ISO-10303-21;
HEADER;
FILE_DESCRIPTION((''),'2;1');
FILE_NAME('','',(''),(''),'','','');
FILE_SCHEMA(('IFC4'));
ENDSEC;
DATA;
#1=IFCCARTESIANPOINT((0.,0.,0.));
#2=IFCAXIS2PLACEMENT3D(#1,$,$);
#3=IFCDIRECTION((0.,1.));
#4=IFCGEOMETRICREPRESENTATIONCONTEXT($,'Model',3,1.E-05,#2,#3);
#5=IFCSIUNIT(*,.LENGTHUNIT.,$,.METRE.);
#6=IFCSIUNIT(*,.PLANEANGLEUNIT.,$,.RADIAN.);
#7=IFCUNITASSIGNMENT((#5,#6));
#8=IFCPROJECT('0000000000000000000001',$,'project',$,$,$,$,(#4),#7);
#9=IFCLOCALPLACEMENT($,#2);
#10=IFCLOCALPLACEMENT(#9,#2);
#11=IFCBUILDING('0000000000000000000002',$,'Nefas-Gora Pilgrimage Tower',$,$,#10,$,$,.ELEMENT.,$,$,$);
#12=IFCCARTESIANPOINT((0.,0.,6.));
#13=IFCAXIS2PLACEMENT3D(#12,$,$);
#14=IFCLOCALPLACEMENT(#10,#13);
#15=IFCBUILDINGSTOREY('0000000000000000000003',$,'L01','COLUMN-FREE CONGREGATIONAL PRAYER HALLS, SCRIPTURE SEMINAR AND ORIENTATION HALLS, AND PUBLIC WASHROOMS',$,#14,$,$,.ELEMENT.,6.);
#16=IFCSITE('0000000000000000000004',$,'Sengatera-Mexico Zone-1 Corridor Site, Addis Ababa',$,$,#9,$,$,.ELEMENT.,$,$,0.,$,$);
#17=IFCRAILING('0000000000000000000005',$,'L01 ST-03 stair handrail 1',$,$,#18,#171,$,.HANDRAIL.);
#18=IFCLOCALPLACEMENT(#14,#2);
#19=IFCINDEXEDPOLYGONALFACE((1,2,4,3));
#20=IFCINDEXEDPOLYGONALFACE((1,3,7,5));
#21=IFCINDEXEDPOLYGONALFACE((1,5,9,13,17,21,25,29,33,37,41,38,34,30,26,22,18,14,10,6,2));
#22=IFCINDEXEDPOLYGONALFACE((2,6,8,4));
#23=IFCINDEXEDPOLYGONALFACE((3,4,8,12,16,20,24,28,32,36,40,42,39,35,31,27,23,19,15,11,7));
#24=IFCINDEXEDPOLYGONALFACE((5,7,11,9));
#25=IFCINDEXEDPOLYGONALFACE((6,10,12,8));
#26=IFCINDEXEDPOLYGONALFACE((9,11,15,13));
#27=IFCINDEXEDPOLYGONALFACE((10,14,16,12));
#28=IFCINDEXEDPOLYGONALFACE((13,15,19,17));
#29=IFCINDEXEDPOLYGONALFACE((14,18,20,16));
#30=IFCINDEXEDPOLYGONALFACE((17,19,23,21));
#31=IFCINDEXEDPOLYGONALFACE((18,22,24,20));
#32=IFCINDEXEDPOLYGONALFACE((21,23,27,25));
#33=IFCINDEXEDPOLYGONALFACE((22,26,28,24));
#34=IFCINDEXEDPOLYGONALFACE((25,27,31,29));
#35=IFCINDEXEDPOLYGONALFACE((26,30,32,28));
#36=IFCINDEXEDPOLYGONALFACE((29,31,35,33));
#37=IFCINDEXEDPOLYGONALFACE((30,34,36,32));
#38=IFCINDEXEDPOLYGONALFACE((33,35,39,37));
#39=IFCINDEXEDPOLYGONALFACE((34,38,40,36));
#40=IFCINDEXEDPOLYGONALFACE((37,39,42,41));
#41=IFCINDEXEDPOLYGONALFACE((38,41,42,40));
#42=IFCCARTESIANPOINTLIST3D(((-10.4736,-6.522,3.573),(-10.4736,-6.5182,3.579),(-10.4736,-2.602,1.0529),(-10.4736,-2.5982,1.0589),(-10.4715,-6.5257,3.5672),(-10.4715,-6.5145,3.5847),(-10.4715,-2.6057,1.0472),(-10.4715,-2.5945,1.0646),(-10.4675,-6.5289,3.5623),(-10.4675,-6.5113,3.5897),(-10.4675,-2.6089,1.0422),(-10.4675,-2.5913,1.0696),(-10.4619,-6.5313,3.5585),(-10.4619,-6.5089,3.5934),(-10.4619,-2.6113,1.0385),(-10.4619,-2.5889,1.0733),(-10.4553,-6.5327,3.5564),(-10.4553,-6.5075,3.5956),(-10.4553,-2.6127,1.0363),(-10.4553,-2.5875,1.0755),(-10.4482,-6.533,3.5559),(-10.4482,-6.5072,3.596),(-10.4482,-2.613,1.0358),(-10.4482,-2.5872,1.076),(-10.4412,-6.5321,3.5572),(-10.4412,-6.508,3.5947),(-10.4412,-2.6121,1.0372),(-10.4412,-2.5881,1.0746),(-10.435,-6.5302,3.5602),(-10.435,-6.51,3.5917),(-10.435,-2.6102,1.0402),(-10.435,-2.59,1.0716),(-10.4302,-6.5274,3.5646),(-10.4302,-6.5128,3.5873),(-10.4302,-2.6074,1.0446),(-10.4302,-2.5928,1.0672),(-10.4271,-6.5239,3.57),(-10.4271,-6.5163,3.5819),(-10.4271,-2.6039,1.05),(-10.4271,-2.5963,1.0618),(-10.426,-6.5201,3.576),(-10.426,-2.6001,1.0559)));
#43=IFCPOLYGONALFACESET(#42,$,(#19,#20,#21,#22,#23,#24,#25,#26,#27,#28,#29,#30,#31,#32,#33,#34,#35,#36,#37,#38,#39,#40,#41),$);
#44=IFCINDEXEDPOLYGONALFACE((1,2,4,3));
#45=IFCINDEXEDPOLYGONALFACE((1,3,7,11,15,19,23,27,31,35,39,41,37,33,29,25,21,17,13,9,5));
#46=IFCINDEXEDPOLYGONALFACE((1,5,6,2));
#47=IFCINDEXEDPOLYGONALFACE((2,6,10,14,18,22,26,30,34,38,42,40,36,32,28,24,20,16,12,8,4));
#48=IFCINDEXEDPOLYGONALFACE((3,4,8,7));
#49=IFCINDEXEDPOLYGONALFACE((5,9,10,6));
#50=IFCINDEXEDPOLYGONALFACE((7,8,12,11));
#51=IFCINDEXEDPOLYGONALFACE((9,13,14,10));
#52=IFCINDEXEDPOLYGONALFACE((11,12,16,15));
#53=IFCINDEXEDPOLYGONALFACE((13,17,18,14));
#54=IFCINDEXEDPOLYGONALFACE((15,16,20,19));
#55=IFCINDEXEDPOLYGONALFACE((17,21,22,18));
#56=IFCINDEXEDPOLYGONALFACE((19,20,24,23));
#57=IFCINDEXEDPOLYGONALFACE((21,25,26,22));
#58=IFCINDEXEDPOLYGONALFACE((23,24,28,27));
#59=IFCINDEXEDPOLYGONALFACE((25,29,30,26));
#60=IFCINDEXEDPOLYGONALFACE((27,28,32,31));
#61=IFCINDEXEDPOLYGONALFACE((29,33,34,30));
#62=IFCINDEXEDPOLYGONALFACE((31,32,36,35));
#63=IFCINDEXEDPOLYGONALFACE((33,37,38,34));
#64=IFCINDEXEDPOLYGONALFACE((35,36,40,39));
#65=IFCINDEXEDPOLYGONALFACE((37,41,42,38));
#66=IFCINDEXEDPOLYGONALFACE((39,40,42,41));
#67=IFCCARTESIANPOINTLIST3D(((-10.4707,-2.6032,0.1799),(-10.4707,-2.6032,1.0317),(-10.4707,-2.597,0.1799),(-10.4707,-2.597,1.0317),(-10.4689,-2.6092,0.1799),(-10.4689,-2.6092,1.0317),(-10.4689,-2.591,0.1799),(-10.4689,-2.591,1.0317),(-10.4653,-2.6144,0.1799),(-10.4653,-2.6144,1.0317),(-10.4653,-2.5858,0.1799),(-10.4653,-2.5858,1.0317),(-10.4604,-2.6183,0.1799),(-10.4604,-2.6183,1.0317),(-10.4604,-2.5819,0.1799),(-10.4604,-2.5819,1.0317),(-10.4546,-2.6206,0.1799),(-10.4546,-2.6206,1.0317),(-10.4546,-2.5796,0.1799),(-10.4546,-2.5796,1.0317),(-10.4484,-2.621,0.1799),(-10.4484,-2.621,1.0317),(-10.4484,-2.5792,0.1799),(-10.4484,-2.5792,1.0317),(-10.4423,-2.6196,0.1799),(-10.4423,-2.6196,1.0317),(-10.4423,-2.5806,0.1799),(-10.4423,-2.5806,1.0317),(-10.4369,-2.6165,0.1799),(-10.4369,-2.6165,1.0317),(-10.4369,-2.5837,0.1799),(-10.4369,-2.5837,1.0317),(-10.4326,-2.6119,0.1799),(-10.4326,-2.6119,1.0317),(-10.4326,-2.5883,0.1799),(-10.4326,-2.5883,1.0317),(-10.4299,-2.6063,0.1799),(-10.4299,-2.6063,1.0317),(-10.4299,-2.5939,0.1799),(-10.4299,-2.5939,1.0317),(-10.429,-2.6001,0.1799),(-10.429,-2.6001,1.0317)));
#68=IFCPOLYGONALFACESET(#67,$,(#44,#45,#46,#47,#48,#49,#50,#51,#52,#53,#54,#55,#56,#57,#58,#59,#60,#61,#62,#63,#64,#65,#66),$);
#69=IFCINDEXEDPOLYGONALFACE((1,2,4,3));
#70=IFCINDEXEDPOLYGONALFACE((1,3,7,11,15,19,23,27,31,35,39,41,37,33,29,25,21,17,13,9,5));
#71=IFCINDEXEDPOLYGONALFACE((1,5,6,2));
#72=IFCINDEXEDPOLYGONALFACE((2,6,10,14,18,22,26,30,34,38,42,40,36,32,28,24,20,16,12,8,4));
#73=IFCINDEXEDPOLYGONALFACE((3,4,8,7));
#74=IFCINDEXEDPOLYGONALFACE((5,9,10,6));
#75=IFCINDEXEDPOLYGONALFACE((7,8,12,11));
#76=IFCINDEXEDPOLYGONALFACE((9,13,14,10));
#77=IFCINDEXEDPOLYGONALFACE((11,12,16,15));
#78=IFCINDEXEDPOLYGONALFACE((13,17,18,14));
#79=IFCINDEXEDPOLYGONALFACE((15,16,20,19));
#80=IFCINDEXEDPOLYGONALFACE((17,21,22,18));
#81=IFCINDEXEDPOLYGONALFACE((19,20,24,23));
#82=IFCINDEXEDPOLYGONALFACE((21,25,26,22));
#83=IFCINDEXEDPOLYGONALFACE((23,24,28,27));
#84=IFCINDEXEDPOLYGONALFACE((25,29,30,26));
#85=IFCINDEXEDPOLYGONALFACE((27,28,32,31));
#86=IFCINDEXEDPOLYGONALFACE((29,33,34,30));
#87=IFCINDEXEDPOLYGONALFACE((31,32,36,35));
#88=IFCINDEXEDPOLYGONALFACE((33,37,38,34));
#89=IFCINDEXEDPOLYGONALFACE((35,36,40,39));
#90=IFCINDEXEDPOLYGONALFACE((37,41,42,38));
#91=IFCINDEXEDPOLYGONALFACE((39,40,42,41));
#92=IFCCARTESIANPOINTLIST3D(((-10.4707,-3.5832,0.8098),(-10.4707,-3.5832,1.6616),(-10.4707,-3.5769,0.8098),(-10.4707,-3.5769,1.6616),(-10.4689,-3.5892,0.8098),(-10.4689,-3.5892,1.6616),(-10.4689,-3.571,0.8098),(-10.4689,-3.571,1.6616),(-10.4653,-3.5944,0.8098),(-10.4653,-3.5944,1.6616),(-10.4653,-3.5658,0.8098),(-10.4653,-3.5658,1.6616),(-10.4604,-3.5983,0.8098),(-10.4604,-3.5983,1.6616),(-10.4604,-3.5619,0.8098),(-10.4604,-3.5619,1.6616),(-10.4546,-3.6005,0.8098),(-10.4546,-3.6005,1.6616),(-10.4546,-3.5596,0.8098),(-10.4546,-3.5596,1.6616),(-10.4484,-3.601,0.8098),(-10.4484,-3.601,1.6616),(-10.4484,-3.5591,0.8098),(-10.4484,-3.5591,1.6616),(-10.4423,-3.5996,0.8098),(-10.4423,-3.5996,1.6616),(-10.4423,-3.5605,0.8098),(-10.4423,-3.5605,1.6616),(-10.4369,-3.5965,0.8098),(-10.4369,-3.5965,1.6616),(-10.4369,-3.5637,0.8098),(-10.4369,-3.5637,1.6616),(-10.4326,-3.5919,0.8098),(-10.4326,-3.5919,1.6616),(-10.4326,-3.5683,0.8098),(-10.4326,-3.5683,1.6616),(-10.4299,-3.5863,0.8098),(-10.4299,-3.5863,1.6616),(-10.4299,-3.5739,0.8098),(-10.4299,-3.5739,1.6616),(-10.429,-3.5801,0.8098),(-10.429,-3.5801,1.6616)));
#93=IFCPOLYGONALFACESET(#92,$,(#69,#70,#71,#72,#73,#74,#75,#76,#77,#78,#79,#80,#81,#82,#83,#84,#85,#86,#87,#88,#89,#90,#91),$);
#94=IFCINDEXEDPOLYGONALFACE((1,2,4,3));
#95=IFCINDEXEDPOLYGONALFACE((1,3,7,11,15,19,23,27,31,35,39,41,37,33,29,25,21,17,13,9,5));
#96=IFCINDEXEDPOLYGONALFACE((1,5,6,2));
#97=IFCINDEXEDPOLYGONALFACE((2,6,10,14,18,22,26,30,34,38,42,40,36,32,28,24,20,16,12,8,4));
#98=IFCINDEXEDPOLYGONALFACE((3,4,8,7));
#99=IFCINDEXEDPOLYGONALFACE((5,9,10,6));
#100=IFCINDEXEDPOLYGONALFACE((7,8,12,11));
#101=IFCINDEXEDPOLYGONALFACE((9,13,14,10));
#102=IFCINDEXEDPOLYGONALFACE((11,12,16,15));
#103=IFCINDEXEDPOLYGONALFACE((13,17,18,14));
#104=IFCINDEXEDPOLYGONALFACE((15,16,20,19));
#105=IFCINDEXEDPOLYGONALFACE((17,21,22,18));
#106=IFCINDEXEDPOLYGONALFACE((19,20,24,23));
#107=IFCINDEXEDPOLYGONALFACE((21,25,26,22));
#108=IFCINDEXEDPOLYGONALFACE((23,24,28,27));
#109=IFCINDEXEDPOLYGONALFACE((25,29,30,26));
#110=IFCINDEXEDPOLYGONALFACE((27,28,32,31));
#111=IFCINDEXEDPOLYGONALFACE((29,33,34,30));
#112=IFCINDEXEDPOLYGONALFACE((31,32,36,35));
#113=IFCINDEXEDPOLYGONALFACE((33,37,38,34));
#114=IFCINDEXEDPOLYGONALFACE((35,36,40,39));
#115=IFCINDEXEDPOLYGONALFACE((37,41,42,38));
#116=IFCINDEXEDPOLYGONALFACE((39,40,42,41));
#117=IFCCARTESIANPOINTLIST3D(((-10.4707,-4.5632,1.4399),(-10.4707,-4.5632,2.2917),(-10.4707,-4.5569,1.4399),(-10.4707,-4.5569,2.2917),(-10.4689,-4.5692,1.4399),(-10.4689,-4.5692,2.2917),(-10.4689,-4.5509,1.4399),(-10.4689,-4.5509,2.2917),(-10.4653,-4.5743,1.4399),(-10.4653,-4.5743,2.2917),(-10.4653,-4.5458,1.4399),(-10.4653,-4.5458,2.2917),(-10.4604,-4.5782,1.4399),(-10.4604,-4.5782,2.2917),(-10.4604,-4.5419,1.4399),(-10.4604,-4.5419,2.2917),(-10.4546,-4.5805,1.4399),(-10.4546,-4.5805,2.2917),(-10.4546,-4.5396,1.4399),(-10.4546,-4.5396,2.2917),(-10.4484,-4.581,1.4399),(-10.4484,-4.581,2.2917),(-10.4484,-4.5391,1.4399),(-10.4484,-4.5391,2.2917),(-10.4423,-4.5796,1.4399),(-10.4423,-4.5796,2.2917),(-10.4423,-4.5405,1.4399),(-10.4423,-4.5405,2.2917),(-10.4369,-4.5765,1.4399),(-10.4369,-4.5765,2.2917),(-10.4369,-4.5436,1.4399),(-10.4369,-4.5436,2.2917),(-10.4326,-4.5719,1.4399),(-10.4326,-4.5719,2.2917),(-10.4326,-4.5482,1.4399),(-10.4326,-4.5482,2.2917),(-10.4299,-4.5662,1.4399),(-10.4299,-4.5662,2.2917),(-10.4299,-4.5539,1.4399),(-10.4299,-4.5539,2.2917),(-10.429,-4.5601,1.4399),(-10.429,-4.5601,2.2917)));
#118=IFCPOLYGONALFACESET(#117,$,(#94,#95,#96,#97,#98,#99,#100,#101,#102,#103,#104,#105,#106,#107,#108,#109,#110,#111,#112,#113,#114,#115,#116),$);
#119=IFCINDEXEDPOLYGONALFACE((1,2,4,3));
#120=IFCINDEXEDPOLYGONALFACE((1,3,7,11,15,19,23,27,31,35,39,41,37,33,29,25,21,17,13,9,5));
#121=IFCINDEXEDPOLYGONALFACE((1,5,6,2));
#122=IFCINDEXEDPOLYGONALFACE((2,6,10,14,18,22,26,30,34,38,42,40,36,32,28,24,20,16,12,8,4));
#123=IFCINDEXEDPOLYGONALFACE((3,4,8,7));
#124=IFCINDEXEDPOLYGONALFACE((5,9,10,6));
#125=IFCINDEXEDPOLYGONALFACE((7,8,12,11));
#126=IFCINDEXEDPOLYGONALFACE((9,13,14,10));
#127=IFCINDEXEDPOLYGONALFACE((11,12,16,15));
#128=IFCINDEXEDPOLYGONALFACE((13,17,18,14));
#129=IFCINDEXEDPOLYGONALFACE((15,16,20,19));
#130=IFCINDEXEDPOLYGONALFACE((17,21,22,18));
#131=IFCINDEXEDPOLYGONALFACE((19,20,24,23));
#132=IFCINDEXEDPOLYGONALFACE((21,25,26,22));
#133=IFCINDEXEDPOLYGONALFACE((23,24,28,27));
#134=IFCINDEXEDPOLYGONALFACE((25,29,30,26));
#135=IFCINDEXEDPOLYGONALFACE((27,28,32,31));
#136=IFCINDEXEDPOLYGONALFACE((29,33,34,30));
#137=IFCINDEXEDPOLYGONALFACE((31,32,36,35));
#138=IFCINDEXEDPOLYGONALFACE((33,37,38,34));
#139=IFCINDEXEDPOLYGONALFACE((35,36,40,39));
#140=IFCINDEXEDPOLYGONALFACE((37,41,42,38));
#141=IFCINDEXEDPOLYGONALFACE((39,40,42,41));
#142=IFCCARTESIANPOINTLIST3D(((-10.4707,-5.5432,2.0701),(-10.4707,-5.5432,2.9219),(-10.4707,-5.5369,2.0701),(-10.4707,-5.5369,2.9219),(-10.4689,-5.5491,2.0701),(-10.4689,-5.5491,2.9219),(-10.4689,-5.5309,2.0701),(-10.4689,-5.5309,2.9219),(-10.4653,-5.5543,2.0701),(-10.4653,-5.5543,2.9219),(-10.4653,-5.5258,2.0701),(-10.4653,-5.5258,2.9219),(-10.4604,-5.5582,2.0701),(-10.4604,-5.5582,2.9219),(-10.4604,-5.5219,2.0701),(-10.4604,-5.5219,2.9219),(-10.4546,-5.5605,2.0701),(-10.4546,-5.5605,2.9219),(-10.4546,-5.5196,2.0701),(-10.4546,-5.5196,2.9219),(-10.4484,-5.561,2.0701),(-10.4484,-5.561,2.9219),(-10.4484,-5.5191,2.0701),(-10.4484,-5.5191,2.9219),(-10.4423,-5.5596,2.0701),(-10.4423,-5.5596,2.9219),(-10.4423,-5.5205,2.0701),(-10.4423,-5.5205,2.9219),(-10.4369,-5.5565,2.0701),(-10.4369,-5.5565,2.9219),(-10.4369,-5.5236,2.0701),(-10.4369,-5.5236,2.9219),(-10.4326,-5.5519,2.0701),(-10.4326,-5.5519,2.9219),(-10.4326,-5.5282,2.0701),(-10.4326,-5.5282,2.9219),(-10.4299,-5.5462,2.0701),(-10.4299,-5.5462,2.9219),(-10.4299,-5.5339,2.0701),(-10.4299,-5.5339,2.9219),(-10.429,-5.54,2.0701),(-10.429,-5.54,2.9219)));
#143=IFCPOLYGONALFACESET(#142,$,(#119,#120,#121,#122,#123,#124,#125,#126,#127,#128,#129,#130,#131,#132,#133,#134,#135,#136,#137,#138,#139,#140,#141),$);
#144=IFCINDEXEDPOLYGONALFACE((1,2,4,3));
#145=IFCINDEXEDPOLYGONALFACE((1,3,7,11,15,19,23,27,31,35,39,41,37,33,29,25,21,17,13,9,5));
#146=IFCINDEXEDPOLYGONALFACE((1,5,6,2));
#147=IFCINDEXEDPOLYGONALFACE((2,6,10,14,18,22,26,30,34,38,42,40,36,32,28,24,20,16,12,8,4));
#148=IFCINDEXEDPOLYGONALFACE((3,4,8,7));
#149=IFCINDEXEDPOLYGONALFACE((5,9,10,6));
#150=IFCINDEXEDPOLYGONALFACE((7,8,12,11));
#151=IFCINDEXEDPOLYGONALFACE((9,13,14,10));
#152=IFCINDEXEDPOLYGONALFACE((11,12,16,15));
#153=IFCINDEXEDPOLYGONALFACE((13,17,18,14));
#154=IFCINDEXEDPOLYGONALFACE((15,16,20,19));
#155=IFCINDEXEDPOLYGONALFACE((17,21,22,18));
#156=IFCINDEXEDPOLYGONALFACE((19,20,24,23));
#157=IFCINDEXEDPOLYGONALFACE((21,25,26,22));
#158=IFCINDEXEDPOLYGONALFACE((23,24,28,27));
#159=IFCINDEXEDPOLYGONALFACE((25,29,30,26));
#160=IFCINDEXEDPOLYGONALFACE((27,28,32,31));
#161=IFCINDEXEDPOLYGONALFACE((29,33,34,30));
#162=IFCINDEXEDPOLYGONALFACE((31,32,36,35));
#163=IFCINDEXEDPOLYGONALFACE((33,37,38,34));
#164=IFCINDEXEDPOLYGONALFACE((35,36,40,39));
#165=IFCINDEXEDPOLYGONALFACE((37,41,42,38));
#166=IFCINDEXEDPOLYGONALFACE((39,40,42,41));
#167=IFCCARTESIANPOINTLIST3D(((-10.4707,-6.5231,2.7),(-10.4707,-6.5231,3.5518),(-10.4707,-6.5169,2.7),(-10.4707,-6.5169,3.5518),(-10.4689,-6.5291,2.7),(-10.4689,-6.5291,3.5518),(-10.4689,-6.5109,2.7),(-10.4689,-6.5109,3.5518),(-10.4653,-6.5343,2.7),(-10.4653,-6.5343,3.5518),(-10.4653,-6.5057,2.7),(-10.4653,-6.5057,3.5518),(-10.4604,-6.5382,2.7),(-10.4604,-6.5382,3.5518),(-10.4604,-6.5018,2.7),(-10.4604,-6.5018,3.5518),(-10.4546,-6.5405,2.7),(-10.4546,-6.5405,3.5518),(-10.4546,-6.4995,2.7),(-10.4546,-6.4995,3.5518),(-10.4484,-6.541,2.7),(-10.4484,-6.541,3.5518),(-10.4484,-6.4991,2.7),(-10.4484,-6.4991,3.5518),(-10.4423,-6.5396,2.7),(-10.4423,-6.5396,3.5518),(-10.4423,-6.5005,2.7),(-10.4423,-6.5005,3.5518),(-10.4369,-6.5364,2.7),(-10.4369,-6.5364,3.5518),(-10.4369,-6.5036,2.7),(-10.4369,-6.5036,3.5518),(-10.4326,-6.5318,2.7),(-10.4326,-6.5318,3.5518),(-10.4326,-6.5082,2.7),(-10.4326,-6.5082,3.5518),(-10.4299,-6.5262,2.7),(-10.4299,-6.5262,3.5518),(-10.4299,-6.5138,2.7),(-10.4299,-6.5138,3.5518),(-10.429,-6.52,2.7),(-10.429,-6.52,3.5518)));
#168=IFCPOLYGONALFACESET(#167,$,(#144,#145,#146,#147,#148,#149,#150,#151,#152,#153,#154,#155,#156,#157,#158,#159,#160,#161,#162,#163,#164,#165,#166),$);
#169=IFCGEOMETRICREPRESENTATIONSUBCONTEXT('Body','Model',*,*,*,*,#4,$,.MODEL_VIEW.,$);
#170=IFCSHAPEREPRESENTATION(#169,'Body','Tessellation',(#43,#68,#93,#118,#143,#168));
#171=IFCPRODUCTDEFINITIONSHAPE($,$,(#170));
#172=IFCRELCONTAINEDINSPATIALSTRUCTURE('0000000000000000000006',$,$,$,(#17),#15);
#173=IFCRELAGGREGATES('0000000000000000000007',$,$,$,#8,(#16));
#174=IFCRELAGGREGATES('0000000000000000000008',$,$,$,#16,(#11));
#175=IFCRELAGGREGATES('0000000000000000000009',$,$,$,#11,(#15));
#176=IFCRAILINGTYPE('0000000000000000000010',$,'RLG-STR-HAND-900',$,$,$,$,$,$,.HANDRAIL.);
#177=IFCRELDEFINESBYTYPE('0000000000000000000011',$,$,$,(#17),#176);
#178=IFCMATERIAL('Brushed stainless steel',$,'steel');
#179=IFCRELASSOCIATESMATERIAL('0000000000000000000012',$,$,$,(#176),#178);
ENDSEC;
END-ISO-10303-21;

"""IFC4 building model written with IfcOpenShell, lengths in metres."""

from ifc_helpers import new_model, si_unit, direction, frame, origin, origin_2d, place, context, subcontext, project, spatial, circle, extrude, material, type_object, element, save


model = new_model("IFC4")

# Units and contexts
model_context = context("Model", 3, precision=1e-05, world=origin(), true_north=direction((0.0, 1.0)))
body_context = subcontext(model_context, "Body", "Model", "MODEL_VIEW")
ifc_project = project(units=[si_unit("LENGTHUNIT", "METRE"), si_unit("PLANEANGLEUNIT", "RADIAN")], contexts=[model_context])

# Site, building, storey
site_placement = place(None, origin())
site = spatial("IfcSite", under=ifc_project, at=site_placement, Name="Sengatera-Mexico Zone-1 Corridor Site, Addis Ababa", CompositionType="ELEMENT", RefElevation=0.0)
building_placement = place(site_placement, origin())
building = spatial("IfcBuilding", under=site, at=building_placement, Name="Nefas-Gora Pilgrimage Tower", CompositionType="ELEMENT")
storey_placement = place(building_placement, frame((0.0, 0.0, 6.0)))
storey = spatial("IfcBuildingStorey", under=building, at=storey_placement, Name="L01", Description="COLUMN-FREE CONGREGATIONAL PRAYER HALLS, SCRIPTURE SEMINAR AND ORIENTATION HALLS, AND PUBLIC WASHROOMS", CompositionType="ELEMENT", Elevation=6.0)

# Railing
ifc_material_1 = material(Name="Brushed stainless steel", Category="steel")
railing_type_1 = type_object("IfcRailingType", Name="RLG-STR-HAND-900", PredefinedType="HANDRAIL", material=ifc_material_1)
railing_1_placement = place(storey_placement, frame((-10.45, -2.6001, 0.1799)))
element("IfcRailing", 1, at=railing_1_placement, inside=storey, type_object=railing_type_1, Name="L01 ST-03 stair handrail 1", PredefinedType="HANDRAIL", context=body_context, shape_type="SweptSolid", body=[
    extrude(circle(Radius=0.0239, at=origin_2d()), frame((0.0, 0.0, 0.876), z_axis=(0.0, -0.841172, 0.540768), x_axis=(1.0, 0.0, 0.0)), (0.0, 0.0, 1.0), 4.6602),
    extrude(circle(Radius=0.021, at=origin_2d()), origin(), (0.0, 0.0, 1.0), 0.8518),
    extrude(circle(Radius=0.021, at=origin_2d()), frame((0.0, -0.98, 0.6299)), (0.0, 0.0, 1.0), 0.8518),
    extrude(circle(Radius=0.021, at=origin_2d()), frame((0.0, -1.96, 1.26)), (0.0, 0.0, 1.0), 0.8518),
    extrude(circle(Radius=0.021, at=origin_2d()), frame((0.0, -2.9399, 1.8901)), (0.0, 0.0, 1.0), 0.8518),
    extrude(circle(Radius=0.021, at=origin_2d()), frame((0.0, -3.9199, 2.52)), (0.0, 0.0, 1.0), 0.8518),
])

save(model, "model.ifc")
